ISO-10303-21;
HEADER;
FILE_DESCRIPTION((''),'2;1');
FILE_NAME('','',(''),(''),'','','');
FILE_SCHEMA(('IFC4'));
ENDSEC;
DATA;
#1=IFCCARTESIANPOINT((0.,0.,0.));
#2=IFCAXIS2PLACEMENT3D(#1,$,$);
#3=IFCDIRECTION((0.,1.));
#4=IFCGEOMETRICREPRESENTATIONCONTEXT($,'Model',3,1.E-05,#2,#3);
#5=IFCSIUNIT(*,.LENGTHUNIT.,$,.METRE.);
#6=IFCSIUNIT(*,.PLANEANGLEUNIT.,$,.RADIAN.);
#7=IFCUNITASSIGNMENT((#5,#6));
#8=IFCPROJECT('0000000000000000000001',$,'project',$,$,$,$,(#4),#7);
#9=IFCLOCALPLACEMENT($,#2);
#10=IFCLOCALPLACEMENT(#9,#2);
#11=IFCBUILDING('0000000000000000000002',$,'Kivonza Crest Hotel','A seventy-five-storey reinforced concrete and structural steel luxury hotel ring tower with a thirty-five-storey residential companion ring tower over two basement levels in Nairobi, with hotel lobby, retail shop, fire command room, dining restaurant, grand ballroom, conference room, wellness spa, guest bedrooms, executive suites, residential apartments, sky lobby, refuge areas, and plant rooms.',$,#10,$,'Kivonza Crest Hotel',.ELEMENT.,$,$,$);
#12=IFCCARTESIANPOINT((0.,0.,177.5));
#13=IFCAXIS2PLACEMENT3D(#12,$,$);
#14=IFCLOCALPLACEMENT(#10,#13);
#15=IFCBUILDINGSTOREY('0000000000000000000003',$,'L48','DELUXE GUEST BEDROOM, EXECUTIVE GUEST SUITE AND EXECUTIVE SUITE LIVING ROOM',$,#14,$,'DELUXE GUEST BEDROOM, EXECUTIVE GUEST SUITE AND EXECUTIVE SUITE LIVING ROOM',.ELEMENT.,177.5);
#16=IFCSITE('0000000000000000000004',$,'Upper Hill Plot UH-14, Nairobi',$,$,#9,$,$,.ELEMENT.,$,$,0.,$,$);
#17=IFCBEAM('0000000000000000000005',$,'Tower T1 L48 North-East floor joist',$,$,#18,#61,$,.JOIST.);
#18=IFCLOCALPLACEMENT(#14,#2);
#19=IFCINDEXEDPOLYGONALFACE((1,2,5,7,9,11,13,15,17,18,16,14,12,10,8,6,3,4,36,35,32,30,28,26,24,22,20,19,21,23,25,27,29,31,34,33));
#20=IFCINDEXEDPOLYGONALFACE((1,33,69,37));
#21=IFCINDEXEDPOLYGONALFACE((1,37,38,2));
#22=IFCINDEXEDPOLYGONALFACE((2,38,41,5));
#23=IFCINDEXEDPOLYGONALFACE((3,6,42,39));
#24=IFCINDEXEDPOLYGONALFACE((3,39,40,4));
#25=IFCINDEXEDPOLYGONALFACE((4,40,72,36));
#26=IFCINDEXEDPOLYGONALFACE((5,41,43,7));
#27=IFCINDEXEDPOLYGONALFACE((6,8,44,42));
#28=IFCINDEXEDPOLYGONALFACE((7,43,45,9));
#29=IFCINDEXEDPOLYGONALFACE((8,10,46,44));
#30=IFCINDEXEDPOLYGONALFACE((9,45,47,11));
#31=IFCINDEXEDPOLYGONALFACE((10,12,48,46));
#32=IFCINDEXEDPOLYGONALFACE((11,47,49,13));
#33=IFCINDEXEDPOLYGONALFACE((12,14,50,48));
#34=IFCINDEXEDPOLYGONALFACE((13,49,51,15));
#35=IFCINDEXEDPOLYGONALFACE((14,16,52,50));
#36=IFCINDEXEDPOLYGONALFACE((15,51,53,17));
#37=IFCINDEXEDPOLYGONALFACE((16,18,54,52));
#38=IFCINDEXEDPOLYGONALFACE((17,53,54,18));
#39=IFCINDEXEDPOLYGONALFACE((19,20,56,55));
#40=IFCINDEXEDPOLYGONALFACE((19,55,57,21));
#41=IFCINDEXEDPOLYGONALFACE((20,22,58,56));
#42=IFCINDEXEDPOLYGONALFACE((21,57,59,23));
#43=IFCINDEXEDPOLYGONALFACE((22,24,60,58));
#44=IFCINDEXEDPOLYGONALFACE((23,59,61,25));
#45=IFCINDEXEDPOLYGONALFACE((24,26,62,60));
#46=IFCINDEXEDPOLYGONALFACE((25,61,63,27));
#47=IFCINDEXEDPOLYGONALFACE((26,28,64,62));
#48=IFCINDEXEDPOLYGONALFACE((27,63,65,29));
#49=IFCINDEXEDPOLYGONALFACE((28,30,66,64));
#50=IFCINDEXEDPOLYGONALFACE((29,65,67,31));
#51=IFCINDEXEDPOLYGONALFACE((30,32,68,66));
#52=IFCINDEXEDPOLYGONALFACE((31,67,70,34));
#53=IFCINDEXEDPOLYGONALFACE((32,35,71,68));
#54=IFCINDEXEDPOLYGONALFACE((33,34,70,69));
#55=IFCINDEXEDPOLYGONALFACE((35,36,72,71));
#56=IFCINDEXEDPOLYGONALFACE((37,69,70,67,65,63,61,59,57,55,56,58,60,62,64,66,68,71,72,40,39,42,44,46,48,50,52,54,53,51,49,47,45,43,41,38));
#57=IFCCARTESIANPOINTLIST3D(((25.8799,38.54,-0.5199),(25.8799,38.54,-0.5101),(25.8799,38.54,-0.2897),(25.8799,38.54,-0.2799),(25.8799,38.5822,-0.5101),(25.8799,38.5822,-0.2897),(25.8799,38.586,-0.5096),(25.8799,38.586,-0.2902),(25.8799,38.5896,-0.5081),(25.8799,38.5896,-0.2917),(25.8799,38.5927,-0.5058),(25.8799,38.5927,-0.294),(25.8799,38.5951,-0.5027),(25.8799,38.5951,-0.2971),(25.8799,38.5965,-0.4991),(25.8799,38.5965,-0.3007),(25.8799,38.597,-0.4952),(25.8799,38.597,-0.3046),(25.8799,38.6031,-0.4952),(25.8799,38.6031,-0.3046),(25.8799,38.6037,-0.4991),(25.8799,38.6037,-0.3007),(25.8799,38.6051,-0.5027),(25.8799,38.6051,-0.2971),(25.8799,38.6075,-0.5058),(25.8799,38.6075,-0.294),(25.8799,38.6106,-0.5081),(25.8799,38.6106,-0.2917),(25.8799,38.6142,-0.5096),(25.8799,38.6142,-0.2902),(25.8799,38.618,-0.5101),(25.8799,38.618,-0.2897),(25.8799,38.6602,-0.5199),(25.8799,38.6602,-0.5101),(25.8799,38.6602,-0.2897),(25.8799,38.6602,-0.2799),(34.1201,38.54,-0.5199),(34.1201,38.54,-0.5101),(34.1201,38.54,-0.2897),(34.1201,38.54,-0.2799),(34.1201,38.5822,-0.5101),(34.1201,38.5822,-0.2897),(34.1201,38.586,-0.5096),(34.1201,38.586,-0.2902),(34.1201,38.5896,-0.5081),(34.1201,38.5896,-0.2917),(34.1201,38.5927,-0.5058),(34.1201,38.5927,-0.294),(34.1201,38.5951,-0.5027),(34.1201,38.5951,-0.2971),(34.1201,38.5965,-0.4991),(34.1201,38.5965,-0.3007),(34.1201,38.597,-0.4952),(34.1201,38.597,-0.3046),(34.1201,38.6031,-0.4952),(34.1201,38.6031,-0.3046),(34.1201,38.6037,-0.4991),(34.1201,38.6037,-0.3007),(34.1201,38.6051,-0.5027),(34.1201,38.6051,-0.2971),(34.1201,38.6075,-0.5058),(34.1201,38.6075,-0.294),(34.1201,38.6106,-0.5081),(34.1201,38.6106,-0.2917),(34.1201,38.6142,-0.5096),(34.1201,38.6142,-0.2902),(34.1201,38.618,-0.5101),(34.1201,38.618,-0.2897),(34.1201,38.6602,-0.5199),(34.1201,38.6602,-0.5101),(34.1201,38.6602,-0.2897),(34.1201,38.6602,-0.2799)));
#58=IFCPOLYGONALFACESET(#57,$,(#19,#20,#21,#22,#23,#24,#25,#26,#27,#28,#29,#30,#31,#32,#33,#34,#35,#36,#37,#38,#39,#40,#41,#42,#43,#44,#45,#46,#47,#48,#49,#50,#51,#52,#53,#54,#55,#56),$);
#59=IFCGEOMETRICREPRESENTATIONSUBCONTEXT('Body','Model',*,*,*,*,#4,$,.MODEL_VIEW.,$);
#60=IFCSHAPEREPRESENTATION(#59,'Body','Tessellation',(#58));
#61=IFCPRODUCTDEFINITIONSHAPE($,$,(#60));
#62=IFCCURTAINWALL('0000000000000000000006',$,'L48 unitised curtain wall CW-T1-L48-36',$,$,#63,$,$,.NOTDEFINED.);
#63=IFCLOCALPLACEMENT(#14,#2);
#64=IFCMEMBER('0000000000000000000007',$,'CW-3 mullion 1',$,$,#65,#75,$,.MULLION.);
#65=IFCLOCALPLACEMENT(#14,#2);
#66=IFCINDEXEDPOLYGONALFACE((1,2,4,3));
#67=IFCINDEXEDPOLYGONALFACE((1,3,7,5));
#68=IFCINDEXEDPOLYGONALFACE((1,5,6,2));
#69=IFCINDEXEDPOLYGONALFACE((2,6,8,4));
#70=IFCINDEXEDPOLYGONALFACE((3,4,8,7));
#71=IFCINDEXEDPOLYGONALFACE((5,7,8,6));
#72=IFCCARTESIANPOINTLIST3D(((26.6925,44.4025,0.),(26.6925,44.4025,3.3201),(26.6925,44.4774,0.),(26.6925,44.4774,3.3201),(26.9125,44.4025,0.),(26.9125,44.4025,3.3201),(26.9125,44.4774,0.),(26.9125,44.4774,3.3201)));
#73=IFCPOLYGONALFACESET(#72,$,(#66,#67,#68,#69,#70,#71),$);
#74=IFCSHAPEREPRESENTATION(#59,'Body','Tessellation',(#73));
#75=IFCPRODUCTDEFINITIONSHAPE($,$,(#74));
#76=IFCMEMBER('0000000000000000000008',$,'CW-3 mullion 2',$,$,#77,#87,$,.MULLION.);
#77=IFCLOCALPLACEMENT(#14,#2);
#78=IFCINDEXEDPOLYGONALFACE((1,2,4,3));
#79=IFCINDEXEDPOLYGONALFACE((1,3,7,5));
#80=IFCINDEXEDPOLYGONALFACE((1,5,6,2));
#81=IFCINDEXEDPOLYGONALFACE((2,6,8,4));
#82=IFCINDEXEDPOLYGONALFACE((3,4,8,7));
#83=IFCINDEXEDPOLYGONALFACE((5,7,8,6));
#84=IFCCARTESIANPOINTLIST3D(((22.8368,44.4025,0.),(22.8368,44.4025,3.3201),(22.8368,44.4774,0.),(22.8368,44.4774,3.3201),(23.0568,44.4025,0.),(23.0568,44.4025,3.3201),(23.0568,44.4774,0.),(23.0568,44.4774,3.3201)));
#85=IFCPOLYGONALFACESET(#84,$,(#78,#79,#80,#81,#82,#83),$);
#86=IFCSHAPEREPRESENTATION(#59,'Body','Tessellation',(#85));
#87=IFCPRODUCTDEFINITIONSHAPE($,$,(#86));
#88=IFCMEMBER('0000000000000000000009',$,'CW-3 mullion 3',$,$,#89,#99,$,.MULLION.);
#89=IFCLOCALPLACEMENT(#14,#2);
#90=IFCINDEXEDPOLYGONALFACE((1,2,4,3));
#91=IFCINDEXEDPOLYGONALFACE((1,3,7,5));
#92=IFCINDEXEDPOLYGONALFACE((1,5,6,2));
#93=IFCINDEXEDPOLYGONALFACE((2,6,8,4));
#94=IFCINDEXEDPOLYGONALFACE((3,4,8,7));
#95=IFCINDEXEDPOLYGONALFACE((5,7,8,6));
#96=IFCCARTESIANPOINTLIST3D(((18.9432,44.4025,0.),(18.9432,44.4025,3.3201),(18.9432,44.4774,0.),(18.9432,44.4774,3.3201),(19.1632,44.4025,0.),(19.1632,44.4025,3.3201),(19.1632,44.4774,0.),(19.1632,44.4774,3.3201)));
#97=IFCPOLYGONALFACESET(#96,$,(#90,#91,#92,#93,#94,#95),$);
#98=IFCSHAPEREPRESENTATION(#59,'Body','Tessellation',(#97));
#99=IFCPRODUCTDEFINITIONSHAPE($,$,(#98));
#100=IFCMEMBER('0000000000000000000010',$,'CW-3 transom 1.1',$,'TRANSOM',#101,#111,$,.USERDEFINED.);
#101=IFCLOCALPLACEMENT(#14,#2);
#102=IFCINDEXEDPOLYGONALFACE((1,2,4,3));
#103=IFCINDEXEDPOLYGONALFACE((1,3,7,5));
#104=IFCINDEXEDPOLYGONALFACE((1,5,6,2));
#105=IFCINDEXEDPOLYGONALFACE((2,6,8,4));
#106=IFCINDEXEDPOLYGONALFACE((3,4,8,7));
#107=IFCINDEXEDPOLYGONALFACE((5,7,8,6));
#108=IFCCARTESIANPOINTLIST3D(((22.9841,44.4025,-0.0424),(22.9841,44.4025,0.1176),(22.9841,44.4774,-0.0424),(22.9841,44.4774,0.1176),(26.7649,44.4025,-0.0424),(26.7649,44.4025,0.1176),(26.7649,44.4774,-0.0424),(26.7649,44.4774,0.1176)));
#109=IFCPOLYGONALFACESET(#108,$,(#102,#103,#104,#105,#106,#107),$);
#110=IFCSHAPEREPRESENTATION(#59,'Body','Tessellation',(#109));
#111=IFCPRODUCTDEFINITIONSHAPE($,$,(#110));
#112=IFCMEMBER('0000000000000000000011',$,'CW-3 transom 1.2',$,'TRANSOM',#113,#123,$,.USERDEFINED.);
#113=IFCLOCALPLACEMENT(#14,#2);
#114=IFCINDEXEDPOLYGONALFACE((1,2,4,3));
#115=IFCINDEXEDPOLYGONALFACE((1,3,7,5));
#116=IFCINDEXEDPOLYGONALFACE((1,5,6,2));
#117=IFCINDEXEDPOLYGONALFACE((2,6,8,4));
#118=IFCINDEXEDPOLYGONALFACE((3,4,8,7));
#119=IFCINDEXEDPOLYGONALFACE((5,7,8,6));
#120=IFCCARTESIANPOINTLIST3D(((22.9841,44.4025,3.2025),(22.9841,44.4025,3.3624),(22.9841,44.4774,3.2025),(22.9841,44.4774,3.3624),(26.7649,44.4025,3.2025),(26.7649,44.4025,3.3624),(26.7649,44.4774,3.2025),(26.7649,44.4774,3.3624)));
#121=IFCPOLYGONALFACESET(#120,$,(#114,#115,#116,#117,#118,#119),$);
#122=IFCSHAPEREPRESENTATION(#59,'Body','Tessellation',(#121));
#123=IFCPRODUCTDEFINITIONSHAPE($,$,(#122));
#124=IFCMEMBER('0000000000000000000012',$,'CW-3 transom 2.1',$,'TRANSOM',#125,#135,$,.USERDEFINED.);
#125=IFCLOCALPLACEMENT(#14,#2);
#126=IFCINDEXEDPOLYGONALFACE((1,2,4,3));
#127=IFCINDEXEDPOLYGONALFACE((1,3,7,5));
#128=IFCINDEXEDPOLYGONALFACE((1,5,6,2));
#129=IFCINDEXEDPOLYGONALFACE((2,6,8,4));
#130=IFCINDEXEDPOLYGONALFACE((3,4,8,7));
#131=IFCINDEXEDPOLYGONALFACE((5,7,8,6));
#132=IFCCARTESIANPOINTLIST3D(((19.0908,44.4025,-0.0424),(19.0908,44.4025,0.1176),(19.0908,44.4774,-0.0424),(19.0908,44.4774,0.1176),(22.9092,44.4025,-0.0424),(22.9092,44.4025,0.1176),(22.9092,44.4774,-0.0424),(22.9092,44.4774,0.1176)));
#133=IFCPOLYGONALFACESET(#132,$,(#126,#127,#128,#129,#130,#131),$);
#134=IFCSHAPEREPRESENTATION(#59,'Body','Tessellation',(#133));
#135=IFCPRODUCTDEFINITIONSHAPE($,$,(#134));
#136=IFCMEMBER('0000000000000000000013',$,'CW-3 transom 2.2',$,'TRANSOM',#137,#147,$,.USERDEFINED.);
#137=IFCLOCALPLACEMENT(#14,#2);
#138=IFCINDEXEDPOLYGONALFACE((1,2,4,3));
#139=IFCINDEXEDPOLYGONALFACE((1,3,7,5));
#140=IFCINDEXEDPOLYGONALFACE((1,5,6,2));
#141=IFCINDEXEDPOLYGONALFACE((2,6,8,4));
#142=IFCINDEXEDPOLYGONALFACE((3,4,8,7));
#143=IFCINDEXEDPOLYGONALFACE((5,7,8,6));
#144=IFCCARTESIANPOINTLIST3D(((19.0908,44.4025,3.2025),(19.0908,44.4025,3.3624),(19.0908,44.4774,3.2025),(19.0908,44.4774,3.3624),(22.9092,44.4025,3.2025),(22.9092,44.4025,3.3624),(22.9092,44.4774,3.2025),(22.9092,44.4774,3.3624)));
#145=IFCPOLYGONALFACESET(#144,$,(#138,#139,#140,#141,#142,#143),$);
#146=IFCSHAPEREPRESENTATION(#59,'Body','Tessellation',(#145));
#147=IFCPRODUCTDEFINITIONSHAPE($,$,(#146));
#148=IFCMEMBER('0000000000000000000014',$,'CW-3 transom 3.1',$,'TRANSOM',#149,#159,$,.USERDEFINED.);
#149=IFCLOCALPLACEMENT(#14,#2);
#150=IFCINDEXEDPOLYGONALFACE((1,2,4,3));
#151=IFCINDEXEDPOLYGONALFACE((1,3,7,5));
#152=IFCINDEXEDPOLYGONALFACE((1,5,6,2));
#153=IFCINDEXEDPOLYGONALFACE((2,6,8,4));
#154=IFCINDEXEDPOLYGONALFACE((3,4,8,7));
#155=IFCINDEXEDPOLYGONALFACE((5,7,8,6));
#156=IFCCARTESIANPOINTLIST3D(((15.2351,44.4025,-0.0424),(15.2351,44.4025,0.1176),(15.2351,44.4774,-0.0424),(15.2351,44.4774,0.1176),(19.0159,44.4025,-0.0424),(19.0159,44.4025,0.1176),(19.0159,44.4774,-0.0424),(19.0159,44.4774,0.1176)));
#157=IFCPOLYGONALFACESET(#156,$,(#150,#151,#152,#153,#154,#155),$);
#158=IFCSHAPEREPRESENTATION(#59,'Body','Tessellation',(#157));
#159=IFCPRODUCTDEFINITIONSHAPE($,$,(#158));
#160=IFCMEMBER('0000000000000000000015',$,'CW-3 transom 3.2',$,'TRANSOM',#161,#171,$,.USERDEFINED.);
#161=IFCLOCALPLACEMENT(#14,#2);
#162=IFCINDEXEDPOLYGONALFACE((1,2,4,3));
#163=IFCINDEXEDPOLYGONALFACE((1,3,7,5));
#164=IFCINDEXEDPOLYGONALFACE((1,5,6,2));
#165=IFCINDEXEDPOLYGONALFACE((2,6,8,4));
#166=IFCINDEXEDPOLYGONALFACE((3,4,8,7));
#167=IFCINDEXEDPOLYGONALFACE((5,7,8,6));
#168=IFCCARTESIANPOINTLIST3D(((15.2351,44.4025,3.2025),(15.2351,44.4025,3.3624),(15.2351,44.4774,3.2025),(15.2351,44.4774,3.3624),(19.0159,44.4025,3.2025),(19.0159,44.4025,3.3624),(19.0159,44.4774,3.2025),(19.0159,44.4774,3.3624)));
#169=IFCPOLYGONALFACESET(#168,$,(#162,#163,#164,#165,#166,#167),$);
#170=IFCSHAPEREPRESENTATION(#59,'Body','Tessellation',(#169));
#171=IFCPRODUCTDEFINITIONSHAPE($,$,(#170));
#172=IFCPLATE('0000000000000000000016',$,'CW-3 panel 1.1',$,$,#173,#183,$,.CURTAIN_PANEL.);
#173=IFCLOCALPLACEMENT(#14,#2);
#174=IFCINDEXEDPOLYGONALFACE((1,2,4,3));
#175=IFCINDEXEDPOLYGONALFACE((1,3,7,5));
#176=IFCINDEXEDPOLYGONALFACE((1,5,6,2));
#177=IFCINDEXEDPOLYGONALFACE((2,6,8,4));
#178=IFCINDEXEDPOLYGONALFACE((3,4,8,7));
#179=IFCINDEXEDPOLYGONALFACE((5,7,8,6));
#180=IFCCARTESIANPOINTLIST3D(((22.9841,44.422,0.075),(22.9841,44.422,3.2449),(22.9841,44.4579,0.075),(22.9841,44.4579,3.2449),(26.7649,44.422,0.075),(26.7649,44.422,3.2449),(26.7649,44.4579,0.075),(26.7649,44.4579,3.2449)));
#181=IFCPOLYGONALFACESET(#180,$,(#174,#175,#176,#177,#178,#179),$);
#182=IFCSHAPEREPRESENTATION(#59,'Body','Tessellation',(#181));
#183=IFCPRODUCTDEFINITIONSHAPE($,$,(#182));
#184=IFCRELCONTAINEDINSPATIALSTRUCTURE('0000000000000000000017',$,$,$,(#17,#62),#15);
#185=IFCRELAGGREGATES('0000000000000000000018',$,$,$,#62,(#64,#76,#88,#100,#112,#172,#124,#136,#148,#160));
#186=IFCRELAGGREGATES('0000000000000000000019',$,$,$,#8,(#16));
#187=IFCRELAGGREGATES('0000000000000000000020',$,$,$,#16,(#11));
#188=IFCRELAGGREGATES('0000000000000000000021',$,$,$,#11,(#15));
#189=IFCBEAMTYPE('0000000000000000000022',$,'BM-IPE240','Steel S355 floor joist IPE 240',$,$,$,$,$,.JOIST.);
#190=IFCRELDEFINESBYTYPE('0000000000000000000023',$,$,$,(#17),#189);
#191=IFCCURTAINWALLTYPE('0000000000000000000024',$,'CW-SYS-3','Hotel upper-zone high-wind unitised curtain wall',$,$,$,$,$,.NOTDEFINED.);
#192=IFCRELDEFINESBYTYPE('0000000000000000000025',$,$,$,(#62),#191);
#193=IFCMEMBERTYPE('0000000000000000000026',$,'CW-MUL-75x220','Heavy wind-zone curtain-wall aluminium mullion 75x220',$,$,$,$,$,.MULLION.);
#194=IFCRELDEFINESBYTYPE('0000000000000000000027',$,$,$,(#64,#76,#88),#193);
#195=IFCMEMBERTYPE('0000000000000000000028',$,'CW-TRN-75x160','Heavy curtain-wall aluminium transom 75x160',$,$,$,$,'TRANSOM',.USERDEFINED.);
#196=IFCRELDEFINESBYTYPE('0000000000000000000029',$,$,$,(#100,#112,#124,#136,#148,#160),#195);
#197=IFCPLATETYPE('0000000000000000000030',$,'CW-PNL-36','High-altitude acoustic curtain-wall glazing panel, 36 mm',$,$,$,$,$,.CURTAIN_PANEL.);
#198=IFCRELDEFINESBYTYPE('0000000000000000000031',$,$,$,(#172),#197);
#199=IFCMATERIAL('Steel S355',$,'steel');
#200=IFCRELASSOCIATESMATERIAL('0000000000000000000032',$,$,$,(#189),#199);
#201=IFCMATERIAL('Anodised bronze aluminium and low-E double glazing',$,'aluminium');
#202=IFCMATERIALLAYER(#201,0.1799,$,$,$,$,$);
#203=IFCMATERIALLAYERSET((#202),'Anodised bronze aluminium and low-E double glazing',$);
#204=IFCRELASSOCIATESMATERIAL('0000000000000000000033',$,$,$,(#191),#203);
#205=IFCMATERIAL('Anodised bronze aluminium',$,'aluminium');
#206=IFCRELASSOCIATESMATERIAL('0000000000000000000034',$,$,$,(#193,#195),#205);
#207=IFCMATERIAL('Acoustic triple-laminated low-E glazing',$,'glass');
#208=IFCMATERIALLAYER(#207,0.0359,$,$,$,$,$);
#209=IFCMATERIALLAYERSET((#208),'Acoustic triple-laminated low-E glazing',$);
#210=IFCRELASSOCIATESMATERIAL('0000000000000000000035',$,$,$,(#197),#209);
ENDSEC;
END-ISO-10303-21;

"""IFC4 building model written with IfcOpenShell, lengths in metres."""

from ifc_helpers import new_model, si_unit, direction, frame, origin, origin_2d, place, context, subcontext, project, spatial, rectangle, i_section, extrude, material, layer, layer_set, material_profile, profile_set, type_object, element, aggregate, save


model = new_model("IFC4")

# Units and contexts
model_context = context("Model", 3, precision=1e-05, world=origin(), true_north=direction((0.0, 1.0)))
body_context = subcontext(model_context, "Body", "Model", "MODEL_VIEW")
ifc_project = project(units=[si_unit("LENGTHUNIT", "METRE"), si_unit("PLANEANGLEUNIT", "RADIAN")], contexts=[model_context])

# Site, building, storey
site_placement = place(None, origin())
site = spatial("IfcSite", under=ifc_project, at=site_placement, Name="Upper Hill Plot UH-14, Nairobi", CompositionType="ELEMENT", RefElevation=0.0)
building_placement = place(site_placement, origin())
building = spatial("IfcBuilding", under=site, at=building_placement, Name="Kivonza Crest Hotel", Description="A seventy-five-storey reinforced concrete and structural steel luxury hotel ring tower with a thirty-five-storey residential companion ring tower over two basement levels in Nairobi, with hotel lobby, retail shop, fire command room, dining restaurant, grand ballroom, conference room, wellness spa, guest bedrooms, executive suites, residential apartments, sky lobby, refuge areas, and plant rooms.", LongName="Kivonza Crest Hotel", CompositionType="ELEMENT")
storey_placement = place(building_placement, frame((0.0, 0.0, 177.5)))
storey = spatial("IfcBuildingStorey", under=building, at=storey_placement, Name="L48", Description="DELUXE GUEST BEDROOM, EXECUTIVE GUEST SUITE AND EXECUTIVE SUITE LIVING ROOM", LongName="DELUXE GUEST BEDROOM, EXECUTIVE GUEST SUITE AND EXECUTIVE SUITE LIVING ROOM", CompositionType="ELEMENT", Elevation=177.5)

# Beam
ifc_material_1 = material(Name="Steel S355", Category="steel")
ifc_material_profile_1 = material_profile(ifc_material_1, i_section(OverallWidth=0.1201, OverallDepth=0.24, WebThickness=0.0061, FlangeThickness=0.0098, FilletRadius=0.0149, at=origin_2d()), Name="IPE 240")
ifc_profile_set_1 = profile_set([ifc_material_profile_1], Name="Steel S355")
beam_type_1 = type_object("IfcBeamType", Name="BM-IPE240", Description="Steel S355 floor joist IPE 240", PredefinedType="JOIST", material=ifc_profile_set_1)
beam_1_placement = place(storey_placement, frame((25.8799, 38.6001, -0.3999), z_axis=(1.0, 0.0, 0.0), x_axis=(0.0, 1.0, 0.0)))
element("IfcBeam", 1, at=beam_1_placement, inside=storey, type_object=beam_type_1, Name="Tower T1 L48 North-East floor joist", PredefinedType="JOIST", context=body_context, shape_type="SweptSolid", body=[
    extrude(i_section(OverallWidth=0.1201, OverallDepth=0.24, WebThickness=0.0061, FlangeThickness=0.0098, FilletRadius=0.0149, at=origin_2d()), origin(), (0.0, 0.0, 1.0), 8.2402),
])

# Curtain wall, members, plate
ifc_material_2 = material(Name="Anodised bronze aluminium and low-E double glazing", Category="aluminium")
ifc_layer_1 = layer(ifc_material_2, 0.1799)
ifc_layer_set_1 = layer_set([ifc_layer_1], Name="Anodised bronze aluminium and low-E double glazing")
curtain_wall_type = type_object("IfcCurtainWallType", Name="CW-SYS-3", Description="Hotel upper-zone high-wind unitised curtain wall", PredefinedType="NOTDEFINED", material=ifc_layer_set_1)
curtain_wall_placement = place(storey_placement, origin())
curtain_wall = element("IfcCurtainWall", 2, at=curtain_wall_placement, inside=storey, type_object=curtain_wall_type, Name="L48 unitised curtain wall CW-T1-L48-36", PredefinedType="NOTDEFINED")
ifc_material_3 = material(Name="Anodised bronze aluminium", Category="aluminium")
ifc_material_profile_2 = material_profile(ifc_material_3, rectangle(XDim=0.075, YDim=0.22, at=origin_2d()), Name="CW-M 75x220")
ifc_profile_set_2 = profile_set([ifc_material_profile_2], Name="Anodised bronze aluminium")
member_type_1 = type_object("IfcMemberType", Name="CW-MUL-75x220", Description="Heavy wind-zone curtain-wall aluminium mullion 75x220", PredefinedType="MULLION", material=ifc_profile_set_2)
member_1_placement = place(storey_placement, frame((26.8025, 44.4399, 0.0), z_axis=(0.0, 0.0, 1.0), x_axis=(0.0, -1.0, 0.0)))
member_1 = element("IfcMember", 3, at=member_1_placement, type_object=member_type_1, Name="CW-3 mullion 1", PredefinedType="MULLION", context=body_context, shape_type="SweptSolid", body=[
    extrude(rectangle(XDim=0.075, YDim=0.22, at=origin_2d()), origin(), (0.0, 0.0, 1.0), 3.3201),
])
member_2_placement = place(storey_placement, frame((22.9468, 44.4399, 0.0), z_axis=(0.0, 0.0, 1.0), x_axis=(0.0, -1.0, 0.0)))
member_2 = element("IfcMember", 4, at=member_2_placement, type_object=member_type_1, Name="CW-3 mullion 2", PredefinedType="MULLION", context=body_context, shape_type="SweptSolid", body=[
    extrude(rectangle(XDim=0.075, YDim=0.22, at=origin_2d()), origin(), (0.0, 0.0, 1.0), 3.3201),
])
member_3_placement = place(storey_placement, frame((19.0532, 44.4399, 0.0), z_axis=(0.0, 0.0, 1.0), x_axis=(0.0, -1.0, 0.0)))
member_3 = element("IfcMember", 5, at=member_3_placement, type_object=member_type_1, Name="CW-3 mullion 3", PredefinedType="MULLION", context=body_context, shape_type="SweptSolid", body=[
    extrude(rectangle(XDim=0.075, YDim=0.22, at=origin_2d()), origin(), (0.0, 0.0, 1.0), 3.3201),
])
ifc_material_profile_3 = material_profile(ifc_material_3, rectangle(XDim=0.075, YDim=0.1599, at=origin_2d()), Name="CW-T 75x160")
ifc_profile_set_3 = profile_set([ifc_material_profile_3], Name="Anodised bronze aluminium")
member_type_2 = type_object("IfcMemberType", Name="CW-TRN-75x160", Description="Heavy curtain-wall aluminium transom 75x160", ElementType="TRANSOM", PredefinedType="USERDEFINED", material=ifc_profile_set_3)
member_4_placement = place(storey_placement, frame((26.7649, 44.4399, 0.0376), z_axis=(-1.0, 0.0, 0.0), x_axis=(0.0, -1.0, 0.0)))
member_4 = element("IfcMember", 6, at=member_4_placement, type_object=member_type_2, Name="CW-3 transom 1.1", ObjectType="TRANSOM", PredefinedType="USERDEFINED", context=body_context, shape_type="SweptSolid", body=[
    extrude(rectangle(XDim=0.075, YDim=0.1599, at=origin_2d()), origin(), (0.0, 0.0, 1.0), 3.7808),
])
member_5_placement = place(storey_placement, frame((26.7649, 44.4399, 3.2825), z_axis=(-1.0, 0.0, 0.0), x_axis=(0.0, -1.0, 0.0)))
member_5 = element("IfcMember", 7, at=member_5_placement, type_object=member_type_2, Name="CW-3 transom 1.2", ObjectType="TRANSOM", PredefinedType="USERDEFINED", context=body_context, shape_type="SweptSolid", body=[
    extrude(rectangle(XDim=0.075, YDim=0.1599, at=origin_2d()), origin(), (0.0, 0.0, 1.0), 3.7808),
])
member_6_placement = place(storey_placement, frame((22.9092, 44.4399, 0.0376), z_axis=(-1.0, 0.0, 0.0), x_axis=(0.0, -1.0, 0.0)))
member_6 = element("IfcMember", 8, at=member_6_placement, type_object=member_type_2, Name="CW-3 transom 2.1", ObjectType="TRANSOM", PredefinedType="USERDEFINED", context=body_context, shape_type="SweptSolid", body=[
    extrude(rectangle(XDim=0.075, YDim=0.1599, at=origin_2d()), origin(), (0.0, 0.0, 1.0), 3.8184),
])
member_7_placement = place(storey_placement, frame((22.9092, 44.4399, 3.2825), z_axis=(-1.0, 0.0, 0.0), x_axis=(0.0, -1.0, 0.0)))
member_7 = element("IfcMember", 9, at=member_7_placement, type_object=member_type_2, Name="CW-3 transom 2.2", ObjectType="TRANSOM", PredefinedType="USERDEFINED", context=body_context, shape_type="SweptSolid", body=[
    extrude(rectangle(XDim=0.075, YDim=0.1599, at=origin_2d()), origin(), (0.0, 0.0, 1.0), 3.8184),
])
member_8_placement = place(storey_placement, frame((19.0159, 44.4399, 0.0376), z_axis=(-1.0, 0.0, 0.0), x_axis=(0.0, -1.0, 0.0)))
member_8 = element("IfcMember", 10, at=member_8_placement, type_object=member_type_2, Name="CW-3 transom 3.1", ObjectType="TRANSOM", PredefinedType="USERDEFINED", context=body_context, shape_type="SweptSolid", body=[
    extrude(rectangle(XDim=0.075, YDim=0.1599, at=origin_2d()), origin(), (0.0, 0.0, 1.0), 3.7808),
])
member_9_placement = place(storey_placement, frame((19.0159, 44.4399, 3.2825), z_axis=(-1.0, 0.0, 0.0), x_axis=(0.0, -1.0, 0.0)))
member_9 = element("IfcMember", 11, at=member_9_placement, type_object=member_type_2, Name="CW-3 transom 3.2", ObjectType="TRANSOM", PredefinedType="USERDEFINED", context=body_context, shape_type="SweptSolid", body=[
    extrude(rectangle(XDim=0.075, YDim=0.1599, at=origin_2d()), origin(), (0.0, 0.0, 1.0), 3.7808),
])
ifc_material_4 = material(Name="Acoustic triple-laminated low-E glazing", Category="glass")
ifc_layer_2 = layer(ifc_material_4, 0.0359)
ifc_layer_set_2 = layer_set([ifc_layer_2], Name="Acoustic triple-laminated low-E glazing")
plate_type = type_object("IfcPlateType", Name="CW-PNL-36", Description="High-altitude acoustic curtain-wall glazing panel, 36 mm", PredefinedType="CURTAIN_PANEL", material=ifc_layer_set_2)
plate_1_placement = place(storey_placement, frame((24.8745, 44.4399, 0.075), z_axis=(0.0, 0.0, 1.0), x_axis=(-1.0, 0.0, 0.0)))
plate_1 = element("IfcPlate", 12, at=plate_1_placement, type_object=plate_type, Name="CW-3 panel 1.1", PredefinedType="CURTAIN_PANEL", context=body_context, shape_type="SweptSolid", body=[
    extrude(rectangle(XDim=3.7808, YDim=0.0359, at=origin_2d()), origin(), (0.0, 0.0, 1.0), 3.1699),
])
aggregate(curtain_wall, [member_1, member_2, member_3, member_4, member_5, plate_1, member_6, member_7, member_8, member_9])

save(model, "model.ifc")
